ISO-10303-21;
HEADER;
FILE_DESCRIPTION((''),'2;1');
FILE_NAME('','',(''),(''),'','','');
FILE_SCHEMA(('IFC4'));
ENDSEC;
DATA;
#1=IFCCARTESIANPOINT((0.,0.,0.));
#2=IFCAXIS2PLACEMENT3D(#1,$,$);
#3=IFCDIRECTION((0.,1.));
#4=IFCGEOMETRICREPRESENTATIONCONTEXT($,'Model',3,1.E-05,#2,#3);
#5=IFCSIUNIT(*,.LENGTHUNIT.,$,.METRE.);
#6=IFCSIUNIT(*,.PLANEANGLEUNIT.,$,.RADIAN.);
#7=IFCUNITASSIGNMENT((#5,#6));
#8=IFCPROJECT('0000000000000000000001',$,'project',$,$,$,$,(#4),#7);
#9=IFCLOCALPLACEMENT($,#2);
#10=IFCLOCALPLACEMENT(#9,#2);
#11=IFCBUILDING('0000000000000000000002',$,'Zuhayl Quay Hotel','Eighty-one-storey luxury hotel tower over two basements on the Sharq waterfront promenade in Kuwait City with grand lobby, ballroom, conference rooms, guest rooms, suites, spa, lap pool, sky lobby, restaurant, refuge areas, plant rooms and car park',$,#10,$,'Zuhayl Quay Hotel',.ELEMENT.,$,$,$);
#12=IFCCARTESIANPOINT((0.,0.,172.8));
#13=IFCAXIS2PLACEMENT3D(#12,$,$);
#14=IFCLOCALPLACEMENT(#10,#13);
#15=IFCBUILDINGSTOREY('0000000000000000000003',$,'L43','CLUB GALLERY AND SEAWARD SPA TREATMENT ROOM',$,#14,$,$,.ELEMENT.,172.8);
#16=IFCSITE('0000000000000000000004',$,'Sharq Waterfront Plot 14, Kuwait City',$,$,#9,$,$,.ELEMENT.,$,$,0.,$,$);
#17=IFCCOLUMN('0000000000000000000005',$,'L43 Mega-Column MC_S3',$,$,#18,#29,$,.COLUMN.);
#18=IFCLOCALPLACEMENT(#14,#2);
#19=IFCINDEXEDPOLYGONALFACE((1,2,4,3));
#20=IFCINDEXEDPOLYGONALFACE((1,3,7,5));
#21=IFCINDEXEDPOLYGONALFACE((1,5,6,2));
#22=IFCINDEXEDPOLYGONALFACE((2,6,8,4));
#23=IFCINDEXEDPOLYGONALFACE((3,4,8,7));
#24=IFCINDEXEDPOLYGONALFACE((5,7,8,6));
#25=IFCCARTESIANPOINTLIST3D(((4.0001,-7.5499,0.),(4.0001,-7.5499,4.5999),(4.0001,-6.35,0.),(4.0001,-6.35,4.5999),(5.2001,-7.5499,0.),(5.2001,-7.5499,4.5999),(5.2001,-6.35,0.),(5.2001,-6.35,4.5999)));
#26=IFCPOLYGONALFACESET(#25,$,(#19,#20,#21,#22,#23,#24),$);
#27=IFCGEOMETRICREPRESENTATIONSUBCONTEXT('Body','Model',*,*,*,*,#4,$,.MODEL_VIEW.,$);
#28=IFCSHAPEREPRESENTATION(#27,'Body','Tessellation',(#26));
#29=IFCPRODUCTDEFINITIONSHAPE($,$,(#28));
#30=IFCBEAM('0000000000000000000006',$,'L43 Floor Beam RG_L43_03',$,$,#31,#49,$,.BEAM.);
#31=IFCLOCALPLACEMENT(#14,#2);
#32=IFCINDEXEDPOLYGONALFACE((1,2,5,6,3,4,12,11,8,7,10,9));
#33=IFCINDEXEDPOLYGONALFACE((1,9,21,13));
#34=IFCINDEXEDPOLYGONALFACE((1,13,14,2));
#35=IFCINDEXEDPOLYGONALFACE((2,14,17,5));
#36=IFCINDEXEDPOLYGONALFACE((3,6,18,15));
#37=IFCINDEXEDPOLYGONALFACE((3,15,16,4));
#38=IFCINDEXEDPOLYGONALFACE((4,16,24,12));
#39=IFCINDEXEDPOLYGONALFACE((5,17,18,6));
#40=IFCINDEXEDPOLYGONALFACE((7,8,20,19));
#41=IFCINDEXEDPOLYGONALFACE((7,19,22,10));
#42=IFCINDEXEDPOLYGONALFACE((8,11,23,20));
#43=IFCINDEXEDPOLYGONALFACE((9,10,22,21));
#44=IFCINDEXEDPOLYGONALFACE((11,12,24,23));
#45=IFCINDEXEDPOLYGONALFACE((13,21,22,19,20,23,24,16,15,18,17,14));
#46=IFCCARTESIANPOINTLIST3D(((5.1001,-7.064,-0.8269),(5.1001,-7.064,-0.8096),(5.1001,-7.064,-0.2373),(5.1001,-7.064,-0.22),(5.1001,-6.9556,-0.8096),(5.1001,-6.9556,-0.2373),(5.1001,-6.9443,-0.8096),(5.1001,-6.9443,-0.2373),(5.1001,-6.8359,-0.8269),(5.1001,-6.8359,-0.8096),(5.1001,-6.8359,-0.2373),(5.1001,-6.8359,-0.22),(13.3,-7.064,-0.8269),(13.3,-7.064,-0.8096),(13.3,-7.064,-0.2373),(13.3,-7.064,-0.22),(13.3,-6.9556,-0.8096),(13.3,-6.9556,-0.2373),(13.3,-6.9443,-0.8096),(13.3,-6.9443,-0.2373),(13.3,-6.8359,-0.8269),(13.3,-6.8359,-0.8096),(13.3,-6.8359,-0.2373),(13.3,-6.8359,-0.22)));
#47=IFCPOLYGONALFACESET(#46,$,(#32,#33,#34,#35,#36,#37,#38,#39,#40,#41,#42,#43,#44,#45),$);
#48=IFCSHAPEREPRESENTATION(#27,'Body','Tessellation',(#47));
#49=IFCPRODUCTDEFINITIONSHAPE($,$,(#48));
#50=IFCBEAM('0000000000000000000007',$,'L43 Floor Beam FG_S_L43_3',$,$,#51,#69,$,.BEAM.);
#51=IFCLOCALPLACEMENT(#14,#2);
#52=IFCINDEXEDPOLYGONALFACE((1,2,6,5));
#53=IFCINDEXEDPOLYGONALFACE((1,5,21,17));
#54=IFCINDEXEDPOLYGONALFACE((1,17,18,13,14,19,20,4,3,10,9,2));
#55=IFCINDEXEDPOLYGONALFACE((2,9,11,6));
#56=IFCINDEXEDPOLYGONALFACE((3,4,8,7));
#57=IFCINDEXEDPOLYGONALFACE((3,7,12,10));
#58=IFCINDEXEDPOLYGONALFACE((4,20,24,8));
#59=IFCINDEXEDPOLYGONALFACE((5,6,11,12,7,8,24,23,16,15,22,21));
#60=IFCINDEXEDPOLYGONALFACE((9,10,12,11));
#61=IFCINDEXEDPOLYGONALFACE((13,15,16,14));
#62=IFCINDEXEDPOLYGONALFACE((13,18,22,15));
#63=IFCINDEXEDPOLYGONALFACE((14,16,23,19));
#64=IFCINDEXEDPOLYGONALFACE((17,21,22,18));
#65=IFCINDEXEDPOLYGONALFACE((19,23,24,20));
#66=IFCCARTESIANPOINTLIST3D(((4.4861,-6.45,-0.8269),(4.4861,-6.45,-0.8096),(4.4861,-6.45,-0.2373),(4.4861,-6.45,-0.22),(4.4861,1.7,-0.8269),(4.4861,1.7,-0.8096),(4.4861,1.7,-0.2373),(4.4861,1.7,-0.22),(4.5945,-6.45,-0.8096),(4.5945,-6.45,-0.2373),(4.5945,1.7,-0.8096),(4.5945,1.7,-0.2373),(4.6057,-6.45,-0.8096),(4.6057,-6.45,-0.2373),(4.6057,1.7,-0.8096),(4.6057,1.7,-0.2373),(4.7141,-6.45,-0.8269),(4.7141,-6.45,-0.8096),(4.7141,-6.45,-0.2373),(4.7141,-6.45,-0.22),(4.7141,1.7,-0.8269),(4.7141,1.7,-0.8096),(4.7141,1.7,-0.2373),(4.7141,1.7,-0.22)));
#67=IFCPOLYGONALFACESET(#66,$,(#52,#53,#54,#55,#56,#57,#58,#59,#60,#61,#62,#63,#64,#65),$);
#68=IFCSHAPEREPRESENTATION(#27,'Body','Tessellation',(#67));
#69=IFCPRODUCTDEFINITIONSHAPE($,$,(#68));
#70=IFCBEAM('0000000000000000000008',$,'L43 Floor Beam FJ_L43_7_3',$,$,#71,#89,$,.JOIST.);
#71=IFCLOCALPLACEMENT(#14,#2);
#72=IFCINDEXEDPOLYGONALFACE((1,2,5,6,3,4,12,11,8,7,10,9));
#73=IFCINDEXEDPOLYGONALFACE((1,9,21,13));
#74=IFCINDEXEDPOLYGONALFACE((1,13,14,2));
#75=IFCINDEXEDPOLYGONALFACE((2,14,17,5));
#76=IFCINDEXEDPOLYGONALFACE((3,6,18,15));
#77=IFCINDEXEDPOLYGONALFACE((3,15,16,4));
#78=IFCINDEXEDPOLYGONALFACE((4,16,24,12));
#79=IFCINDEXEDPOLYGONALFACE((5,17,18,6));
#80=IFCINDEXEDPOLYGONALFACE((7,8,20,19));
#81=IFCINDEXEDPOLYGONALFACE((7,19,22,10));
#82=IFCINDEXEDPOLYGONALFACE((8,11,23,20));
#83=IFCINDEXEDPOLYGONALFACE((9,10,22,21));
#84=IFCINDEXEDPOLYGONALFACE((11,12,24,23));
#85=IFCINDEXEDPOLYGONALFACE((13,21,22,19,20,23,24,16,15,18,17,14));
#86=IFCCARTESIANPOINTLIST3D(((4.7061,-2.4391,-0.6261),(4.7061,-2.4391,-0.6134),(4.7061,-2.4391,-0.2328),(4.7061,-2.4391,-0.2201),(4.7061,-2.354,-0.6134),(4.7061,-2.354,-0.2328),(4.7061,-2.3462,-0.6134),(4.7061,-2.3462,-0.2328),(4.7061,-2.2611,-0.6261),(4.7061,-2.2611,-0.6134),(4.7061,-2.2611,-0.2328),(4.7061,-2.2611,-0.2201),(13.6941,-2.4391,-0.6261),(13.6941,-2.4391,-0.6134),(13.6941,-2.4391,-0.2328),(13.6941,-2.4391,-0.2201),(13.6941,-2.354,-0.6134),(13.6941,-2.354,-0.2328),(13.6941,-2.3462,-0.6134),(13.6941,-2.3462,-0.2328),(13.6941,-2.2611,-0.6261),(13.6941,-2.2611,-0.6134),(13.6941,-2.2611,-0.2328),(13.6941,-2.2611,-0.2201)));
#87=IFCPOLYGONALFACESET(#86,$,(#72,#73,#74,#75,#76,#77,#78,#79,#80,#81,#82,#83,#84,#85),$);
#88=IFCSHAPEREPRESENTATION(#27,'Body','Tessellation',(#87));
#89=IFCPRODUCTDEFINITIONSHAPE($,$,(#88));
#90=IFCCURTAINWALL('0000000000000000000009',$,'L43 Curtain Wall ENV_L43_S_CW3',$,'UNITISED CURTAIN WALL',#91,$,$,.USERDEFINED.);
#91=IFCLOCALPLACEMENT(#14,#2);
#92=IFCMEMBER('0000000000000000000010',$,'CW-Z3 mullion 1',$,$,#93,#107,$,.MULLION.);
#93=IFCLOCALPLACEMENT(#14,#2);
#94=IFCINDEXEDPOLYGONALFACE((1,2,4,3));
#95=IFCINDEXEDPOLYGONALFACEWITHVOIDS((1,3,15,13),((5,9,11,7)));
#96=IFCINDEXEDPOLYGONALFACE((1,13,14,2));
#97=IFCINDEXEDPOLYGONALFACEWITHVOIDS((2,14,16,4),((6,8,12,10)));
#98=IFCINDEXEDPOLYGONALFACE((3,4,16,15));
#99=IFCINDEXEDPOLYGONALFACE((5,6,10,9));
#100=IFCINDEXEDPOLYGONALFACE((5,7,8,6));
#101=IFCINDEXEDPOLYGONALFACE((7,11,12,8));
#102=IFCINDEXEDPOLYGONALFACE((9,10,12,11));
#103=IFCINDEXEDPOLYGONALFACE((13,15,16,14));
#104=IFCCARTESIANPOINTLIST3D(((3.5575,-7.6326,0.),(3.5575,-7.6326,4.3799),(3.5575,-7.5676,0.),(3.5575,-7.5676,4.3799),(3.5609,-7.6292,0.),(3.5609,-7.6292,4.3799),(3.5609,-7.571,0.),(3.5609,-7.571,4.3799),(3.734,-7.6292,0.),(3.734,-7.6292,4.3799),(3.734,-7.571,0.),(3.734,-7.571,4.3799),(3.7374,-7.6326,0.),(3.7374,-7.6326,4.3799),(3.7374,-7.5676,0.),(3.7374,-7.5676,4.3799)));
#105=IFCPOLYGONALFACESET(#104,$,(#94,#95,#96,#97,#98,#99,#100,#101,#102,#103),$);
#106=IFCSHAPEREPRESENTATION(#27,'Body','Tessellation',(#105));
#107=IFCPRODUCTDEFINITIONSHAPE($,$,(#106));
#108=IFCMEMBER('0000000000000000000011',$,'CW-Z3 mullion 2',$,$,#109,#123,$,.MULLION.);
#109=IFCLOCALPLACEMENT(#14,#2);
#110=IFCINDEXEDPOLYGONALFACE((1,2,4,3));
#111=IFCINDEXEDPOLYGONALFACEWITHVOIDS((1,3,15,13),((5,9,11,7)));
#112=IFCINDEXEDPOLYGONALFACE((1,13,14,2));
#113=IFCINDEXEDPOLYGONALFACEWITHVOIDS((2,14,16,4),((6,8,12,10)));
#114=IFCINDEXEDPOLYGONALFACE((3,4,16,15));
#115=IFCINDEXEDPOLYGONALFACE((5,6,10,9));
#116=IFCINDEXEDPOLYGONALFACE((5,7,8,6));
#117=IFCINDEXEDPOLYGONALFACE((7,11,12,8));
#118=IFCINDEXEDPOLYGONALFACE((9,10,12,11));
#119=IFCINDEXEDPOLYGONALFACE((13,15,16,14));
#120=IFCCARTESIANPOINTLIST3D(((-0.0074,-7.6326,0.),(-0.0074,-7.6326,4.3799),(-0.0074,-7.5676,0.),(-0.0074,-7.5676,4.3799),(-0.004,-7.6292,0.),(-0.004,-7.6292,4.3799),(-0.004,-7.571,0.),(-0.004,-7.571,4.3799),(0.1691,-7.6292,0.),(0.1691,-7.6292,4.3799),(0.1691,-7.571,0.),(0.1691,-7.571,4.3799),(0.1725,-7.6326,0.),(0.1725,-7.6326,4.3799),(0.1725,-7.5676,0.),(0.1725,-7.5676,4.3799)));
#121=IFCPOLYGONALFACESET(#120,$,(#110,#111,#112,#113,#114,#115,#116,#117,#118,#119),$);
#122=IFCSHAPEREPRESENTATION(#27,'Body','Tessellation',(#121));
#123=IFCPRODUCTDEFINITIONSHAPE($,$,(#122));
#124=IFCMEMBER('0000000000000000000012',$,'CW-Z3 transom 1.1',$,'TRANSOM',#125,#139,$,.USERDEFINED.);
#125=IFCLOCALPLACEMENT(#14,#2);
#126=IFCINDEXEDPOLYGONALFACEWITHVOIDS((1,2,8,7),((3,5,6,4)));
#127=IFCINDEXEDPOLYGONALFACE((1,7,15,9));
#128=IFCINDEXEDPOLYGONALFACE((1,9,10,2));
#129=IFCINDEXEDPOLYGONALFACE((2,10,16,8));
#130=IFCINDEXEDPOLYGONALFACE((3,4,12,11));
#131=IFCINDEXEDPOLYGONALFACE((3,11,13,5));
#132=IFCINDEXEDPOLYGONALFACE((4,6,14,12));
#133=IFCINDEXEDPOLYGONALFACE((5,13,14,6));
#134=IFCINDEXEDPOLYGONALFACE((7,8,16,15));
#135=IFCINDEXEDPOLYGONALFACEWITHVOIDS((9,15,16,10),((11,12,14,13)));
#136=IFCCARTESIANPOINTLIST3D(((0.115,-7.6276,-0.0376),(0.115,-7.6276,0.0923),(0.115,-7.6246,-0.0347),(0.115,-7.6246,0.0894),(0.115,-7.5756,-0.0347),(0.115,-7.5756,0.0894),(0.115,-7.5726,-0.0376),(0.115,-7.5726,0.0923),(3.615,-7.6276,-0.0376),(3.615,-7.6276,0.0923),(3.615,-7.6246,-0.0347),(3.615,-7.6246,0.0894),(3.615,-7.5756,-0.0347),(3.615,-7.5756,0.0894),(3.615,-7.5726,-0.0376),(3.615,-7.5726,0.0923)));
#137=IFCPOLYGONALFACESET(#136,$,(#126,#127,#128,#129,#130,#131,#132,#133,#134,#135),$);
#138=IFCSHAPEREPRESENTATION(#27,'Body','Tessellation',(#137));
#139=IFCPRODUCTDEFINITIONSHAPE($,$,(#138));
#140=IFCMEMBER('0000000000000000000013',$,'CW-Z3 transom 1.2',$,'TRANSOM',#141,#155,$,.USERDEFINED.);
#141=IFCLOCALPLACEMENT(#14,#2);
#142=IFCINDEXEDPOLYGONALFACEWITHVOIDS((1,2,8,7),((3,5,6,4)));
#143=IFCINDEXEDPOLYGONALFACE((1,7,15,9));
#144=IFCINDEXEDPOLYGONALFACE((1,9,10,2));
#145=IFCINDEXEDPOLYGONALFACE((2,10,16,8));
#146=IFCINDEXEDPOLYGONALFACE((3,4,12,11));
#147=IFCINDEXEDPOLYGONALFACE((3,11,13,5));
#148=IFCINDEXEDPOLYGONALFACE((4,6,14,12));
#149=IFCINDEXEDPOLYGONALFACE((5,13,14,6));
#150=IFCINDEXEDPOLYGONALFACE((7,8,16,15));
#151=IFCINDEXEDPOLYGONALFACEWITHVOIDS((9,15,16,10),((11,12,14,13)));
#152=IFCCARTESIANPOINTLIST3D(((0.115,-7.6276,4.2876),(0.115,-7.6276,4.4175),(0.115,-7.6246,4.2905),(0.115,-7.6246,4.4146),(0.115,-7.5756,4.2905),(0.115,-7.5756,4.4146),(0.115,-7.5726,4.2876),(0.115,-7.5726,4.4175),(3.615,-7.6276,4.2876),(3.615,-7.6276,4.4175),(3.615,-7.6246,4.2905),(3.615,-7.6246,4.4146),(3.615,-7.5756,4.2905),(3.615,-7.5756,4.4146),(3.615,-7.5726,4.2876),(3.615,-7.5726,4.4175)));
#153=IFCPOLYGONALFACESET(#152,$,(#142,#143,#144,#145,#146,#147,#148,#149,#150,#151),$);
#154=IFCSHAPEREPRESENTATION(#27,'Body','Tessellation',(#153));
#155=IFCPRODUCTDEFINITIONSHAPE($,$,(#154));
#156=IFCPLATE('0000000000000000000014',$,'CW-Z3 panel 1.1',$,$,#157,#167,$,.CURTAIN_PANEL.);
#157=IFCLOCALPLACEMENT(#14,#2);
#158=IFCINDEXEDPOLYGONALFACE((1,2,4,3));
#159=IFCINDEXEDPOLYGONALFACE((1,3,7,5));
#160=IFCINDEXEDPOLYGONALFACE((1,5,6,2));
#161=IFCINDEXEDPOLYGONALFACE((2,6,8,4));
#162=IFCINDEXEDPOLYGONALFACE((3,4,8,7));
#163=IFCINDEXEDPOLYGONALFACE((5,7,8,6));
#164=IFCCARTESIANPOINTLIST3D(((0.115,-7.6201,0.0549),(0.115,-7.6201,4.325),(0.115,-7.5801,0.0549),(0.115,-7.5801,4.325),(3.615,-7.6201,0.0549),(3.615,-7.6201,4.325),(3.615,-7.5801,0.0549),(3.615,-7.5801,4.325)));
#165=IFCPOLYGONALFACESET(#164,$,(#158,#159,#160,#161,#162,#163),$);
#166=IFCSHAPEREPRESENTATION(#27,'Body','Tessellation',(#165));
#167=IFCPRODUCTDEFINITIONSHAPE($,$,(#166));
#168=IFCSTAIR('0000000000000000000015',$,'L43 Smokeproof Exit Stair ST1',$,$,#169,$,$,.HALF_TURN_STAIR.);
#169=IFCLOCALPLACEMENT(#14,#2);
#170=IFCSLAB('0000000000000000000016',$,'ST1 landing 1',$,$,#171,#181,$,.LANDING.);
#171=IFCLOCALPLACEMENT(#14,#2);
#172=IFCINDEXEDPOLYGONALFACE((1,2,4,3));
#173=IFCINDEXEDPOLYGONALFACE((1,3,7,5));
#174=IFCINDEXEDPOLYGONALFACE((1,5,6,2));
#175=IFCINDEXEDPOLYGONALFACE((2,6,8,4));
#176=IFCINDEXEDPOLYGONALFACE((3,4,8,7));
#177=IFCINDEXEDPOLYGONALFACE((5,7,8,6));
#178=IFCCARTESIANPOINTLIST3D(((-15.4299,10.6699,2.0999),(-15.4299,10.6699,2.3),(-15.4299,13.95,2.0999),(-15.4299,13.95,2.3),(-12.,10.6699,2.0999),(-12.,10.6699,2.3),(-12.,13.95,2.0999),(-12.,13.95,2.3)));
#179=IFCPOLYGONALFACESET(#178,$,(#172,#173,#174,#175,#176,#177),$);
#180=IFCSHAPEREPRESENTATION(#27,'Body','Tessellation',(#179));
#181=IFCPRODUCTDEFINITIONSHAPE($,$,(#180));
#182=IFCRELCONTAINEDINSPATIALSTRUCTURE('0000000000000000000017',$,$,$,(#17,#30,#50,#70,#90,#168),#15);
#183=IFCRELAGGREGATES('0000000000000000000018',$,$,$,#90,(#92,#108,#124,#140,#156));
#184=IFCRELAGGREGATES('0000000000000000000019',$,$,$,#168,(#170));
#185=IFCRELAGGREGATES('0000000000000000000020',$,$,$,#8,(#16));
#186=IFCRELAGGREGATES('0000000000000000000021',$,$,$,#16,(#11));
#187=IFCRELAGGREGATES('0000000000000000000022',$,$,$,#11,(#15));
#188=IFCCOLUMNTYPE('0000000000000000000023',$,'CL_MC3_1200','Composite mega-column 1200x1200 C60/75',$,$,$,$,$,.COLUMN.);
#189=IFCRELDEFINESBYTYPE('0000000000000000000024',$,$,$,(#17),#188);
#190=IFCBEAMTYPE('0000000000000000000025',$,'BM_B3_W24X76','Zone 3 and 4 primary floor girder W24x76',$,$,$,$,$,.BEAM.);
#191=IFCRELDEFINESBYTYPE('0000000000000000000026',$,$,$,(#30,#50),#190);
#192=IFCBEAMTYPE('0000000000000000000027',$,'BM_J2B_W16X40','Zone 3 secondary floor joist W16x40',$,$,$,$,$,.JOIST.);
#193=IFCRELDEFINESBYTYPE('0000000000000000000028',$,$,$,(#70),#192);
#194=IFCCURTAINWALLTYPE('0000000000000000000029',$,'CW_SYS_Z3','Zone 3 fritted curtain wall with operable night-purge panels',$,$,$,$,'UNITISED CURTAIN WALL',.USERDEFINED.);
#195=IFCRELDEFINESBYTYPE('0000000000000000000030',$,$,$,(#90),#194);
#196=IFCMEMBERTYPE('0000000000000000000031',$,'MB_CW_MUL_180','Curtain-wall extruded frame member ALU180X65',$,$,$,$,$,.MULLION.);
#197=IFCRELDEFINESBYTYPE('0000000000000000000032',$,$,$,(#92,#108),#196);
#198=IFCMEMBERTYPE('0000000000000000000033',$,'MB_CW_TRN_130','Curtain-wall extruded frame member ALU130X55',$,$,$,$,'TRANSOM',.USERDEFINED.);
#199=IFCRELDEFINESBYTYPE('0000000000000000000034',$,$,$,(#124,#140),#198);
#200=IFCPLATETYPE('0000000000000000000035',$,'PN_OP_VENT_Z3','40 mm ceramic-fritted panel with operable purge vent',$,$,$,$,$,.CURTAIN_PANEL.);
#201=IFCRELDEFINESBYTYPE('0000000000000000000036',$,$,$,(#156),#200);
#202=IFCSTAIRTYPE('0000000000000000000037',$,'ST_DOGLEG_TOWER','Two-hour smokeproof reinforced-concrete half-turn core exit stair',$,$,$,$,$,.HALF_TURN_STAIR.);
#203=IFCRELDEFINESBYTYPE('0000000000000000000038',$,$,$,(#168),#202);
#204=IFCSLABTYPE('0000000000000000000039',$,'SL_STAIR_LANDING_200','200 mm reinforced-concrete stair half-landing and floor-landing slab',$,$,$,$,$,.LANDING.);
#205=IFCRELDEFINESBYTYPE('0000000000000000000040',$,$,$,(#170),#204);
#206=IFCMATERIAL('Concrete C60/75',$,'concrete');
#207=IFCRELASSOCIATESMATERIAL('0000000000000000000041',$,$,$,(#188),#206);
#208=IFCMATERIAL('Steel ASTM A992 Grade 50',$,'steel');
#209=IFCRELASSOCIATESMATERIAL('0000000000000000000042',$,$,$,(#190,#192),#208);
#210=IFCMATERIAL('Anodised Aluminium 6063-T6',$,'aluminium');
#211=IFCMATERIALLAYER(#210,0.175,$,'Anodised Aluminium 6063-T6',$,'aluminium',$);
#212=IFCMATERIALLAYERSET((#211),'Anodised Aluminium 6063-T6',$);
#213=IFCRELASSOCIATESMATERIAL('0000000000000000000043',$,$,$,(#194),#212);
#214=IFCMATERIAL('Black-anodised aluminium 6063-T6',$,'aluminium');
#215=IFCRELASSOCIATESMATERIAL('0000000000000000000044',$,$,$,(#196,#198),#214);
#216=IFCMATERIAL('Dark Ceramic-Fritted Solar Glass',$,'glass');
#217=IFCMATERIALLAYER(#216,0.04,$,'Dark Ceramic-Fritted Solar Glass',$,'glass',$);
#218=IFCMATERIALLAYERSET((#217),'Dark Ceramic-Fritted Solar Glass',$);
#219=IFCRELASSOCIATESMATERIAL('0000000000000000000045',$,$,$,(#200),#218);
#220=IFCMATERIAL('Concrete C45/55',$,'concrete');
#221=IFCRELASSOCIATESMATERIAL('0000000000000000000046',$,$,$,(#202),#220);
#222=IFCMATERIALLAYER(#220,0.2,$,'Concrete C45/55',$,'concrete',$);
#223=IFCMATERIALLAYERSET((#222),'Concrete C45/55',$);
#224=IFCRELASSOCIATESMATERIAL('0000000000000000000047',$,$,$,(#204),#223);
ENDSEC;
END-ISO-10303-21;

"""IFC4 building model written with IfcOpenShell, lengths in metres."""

from ifc_helpers import new_model, si_unit, direction, frame, origin, origin_2d, place, context, subcontext, project, spatial, polyline, rectangle, hollow_rectangle, i_section, outline, extrude, material, layer, layer_set, material_profile, profile_set, type_object, element, aggregate, save


model = new_model("IFC4")

# Units and contexts
model_context = context("Model", 3, precision=1e-05, world=origin(), true_north=direction((0.0, 1.0)))
body_context = subcontext(model_context, "Body", "Model", "MODEL_VIEW")
ifc_project = project(units=[si_unit("LENGTHUNIT", "METRE"), si_unit("PLANEANGLEUNIT", "RADIAN")], contexts=[model_context])

# Site, building, storey
site_placement = place(None, origin())
site = spatial("IfcSite", under=ifc_project, at=site_placement, Name="Sharq Waterfront Plot 14, Kuwait City", CompositionType="ELEMENT", RefElevation=0.0)
building_placement = place(site_placement, origin())
building = spatial("IfcBuilding", under=site, at=building_placement, Name="Zuhayl Quay Hotel", Description="Eighty-one-storey luxury hotel tower over two basements on the Sharq waterfront promenade in Kuwait City with grand lobby, ballroom, conference rooms, guest rooms, suites, spa, lap pool, sky lobby, restaurant, refuge areas, plant rooms and car park", LongName="Zuhayl Quay Hotel", CompositionType="ELEMENT")
storey_placement = place(building_placement, frame((0.0, 0.0, 172.8)))
storey = spatial("IfcBuildingStorey", under=building, at=storey_placement, Name="L43", Description="CLUB GALLERY AND SEAWARD SPA TREATMENT ROOM", CompositionType="ELEMENT", Elevation=172.8)

# Column
ifc_material_1 = material(Name="Concrete C60/75", Category="concrete")
ifc_material_profile_1 = material_profile(ifc_material_1, rectangle(XDim=1.2, YDim=1.2, at=origin_2d()), Name="RC1200X1200")
ifc_profile_set_1 = profile_set([ifc_material_profile_1], Name="Concrete C60/75")
column_type = type_object("IfcColumnType", Name="CL_MC3_1200", Description="Composite mega-column 1200x1200 C60/75", PredefinedType="COLUMN", material=ifc_profile_set_1)
column_placement = place(storey_placement, frame((4.6001, -6.95, 0.0), z_axis=(0.0, 0.0, 1.0), x_axis=(1.0, 0.0, 0.0)))
element("IfcColumn", 1, at=column_placement, inside=storey, type_object=column_type, Name="L43 Mega-Column MC_S3", PredefinedType="COLUMN", context=body_context, shape_type="SweptSolid", body=[
    extrude(rectangle(XDim=1.2, YDim=1.2, at=origin_2d()), origin(), (0.0, 0.0, 1.0), 4.5999),
])

# Beams
ifc_material_2 = material(Name="Steel ASTM A992 Grade 50", Category="steel")
ifc_material_profile_2 = material_profile(ifc_material_2, i_section(OverallWidth=0.228, OverallDepth=0.6069, WebThickness=0.0112, FlangeThickness=0.0173, at=origin_2d()), Name="W24X76")
ifc_profile_set_2 = profile_set([ifc_material_profile_2], Name="Steel ASTM A992 Grade 50")
beam_type_1 = type_object("IfcBeamType", Name="BM_B3_W24X76", Description="Zone 3 and 4 primary floor girder W24x76", PredefinedType="BEAM", material=ifc_profile_set_2)
beam_1_placement = place(storey_placement, frame((5.1001, -6.95, -0.5234), z_axis=(1.0, 0.0, 0.0), x_axis=(0.0, 1.0, 0.0)))
element("IfcBeam", 2, at=beam_1_placement, inside=storey, type_object=beam_type_1, Name="L43 Floor Beam RG_L43_03", PredefinedType="BEAM", context=body_context, shape_type="SweptSolid", body=[
    extrude(i_section(OverallWidth=0.228, OverallDepth=0.6069, WebThickness=0.0112, FlangeThickness=0.0173, at=origin_2d()), origin(), (0.0, 0.0, 1.0), 8.2),
])
beam_2_placement = place(storey_placement, frame((4.6001, -6.45, -0.5234), z_axis=(0.0, 1.0, 0.0), x_axis=(-1.0, 0.0, 0.0)))
element("IfcBeam", 3, at=beam_2_placement, inside=storey, type_object=beam_type_1, Name="L43 Floor Beam FG_S_L43_3", PredefinedType="BEAM", context=body_context, shape_type="SweptSolid", body=[
    extrude(i_section(OverallWidth=0.228, OverallDepth=0.6069, WebThickness=0.0112, FlangeThickness=0.0173, at=origin_2d()), origin(), (0.0, 0.0, 1.0), 8.1499),
])
ifc_material_profile_3 = material_profile(ifc_material_2, i_section(OverallWidth=0.178, OverallDepth=0.406, WebThickness=0.0078, FlangeThickness=0.0127, at=origin_2d()), Name="W16X40")
ifc_profile_set_3 = profile_set([ifc_material_profile_3], Name="Steel ASTM A992 Grade 50")
beam_type_2 = type_object("IfcBeamType", Name="BM_J2B_W16X40", Description="Zone 3 secondary floor joist W16x40", PredefinedType="JOIST", material=ifc_profile_set_3)
beam_3_placement = place(storey_placement, frame((4.7061, -2.3501, -0.4231), z_axis=(1.0, 0.0, 0.0), x_axis=(0.0, 1.0, 0.0)))
element("IfcBeam", 4, at=beam_3_placement, inside=storey, type_object=beam_type_2, Name="L43 Floor Beam FJ_L43_7_3", PredefinedType="JOIST", context=body_context, shape_type="SweptSolid", body=[
    extrude(i_section(OverallWidth=0.178, OverallDepth=0.406, WebThickness=0.0078, FlangeThickness=0.0127, at=origin_2d()), origin(), (0.0, 0.0, 1.0), 8.988),
])

# Curtain wall, members, plate
ifc_material_3 = material(Name="Anodised Aluminium 6063-T6", Category="aluminium")
ifc_layer_1 = layer(ifc_material_3, 0.175, Name="Anodised Aluminium 6063-T6", Category="aluminium")
ifc_layer_set_1 = layer_set([ifc_layer_1], Name="Anodised Aluminium 6063-T6")
curtain_wall_type = type_object("IfcCurtainWallType", Name="CW_SYS_Z3", Description="Zone 3 fritted curtain wall with operable night-purge panels", ElementType="UNITISED CURTAIN WALL", PredefinedType="USERDEFINED", material=ifc_layer_set_1)
curtain_wall_placement = place(storey_placement, origin())
curtain_wall = element("IfcCurtainWall", 5, at=curtain_wall_placement, inside=storey, type_object=curtain_wall_type, Name="L43 Curtain Wall ENV_L43_S_CW3", ObjectType="UNITISED CURTAIN WALL", PredefinedType="USERDEFINED")
ifc_material_4 = material(Name="Black-anodised aluminium 6063-T6", Category="aluminium")
ifc_material_profile_4 = material_profile(ifc_material_4, hollow_rectangle(XDim=0.0649, YDim=0.1799, WallThickness=0.0034, at=origin_2d()), Name="ALU180X65")
ifc_profile_set_4 = profile_set([ifc_material_profile_4], Name="Black-anodised aluminium 6063-T6")
member_type_1 = type_object("IfcMemberType", Name="MB_CW_MUL_180", Description="Curtain-wall extruded frame member ALU180X65", PredefinedType="MULLION", material=ifc_profile_set_4)
member_1_placement = place(storey_placement, frame((3.6475, -7.6001, 0.0), z_axis=(0.0, 0.0, 1.0), x_axis=(0.0, -1.0, 0.0)))
member_1 = element("IfcMember", 6, at=member_1_placement, type_object=member_type_1, Name="CW-Z3 mullion 1", PredefinedType="MULLION", context=body_context, shape_type="SweptSolid", body=[
    extrude(hollow_rectangle(XDim=0.0649, YDim=0.1799, WallThickness=0.0034, at=origin_2d()), origin(), (0.0, 0.0, 1.0), 4.3799),
])
member_2_placement = place(storey_placement, frame((0.0825, -7.6001, 0.0), z_axis=(0.0, 0.0, 1.0), x_axis=(0.0, -1.0, 0.0)))
member_2 = element("IfcMember", 7, at=member_2_placement, type_object=member_type_1, Name="CW-Z3 mullion 2", PredefinedType="MULLION", context=body_context, shape_type="SweptSolid", body=[
    extrude(hollow_rectangle(XDim=0.0649, YDim=0.1799, WallThickness=0.0034, at=origin_2d()), origin(), (0.0, 0.0, 1.0), 4.3799),
])
ifc_material_profile_5 = material_profile(ifc_material_4, hollow_rectangle(XDim=0.0549, YDim=0.1299, WallThickness=0.0029, at=origin_2d()), Name="ALU130X55")
ifc_profile_set_5 = profile_set([ifc_material_profile_5], Name="Black-anodised aluminium 6063-T6")
member_type_2 = type_object("IfcMemberType", Name="MB_CW_TRN_130", Description="Curtain-wall extruded frame member ALU130X55", ElementType="TRANSOM", PredefinedType="USERDEFINED", material=ifc_profile_set_5)
member_3_placement = place(storey_placement, frame((3.615, -7.6001, 0.0273), z_axis=(-1.0, 0.0, 0.0), x_axis=(0.0, -1.0, 0.0)))
member_3 = element("IfcMember", 8, at=member_3_placement, type_object=member_type_2, Name="CW-Z3 transom 1.1", ObjectType="TRANSOM", PredefinedType="USERDEFINED", context=body_context, shape_type="SweptSolid", body=[
    extrude(hollow_rectangle(XDim=0.0549, YDim=0.1299, WallThickness=0.0029, at=origin_2d()), origin(), (0.0, 0.0, 1.0), 3.5),
])
member_4_placement = place(storey_placement, frame((3.615, -7.6001, 4.3525), z_axis=(-1.0, 0.0, 0.0), x_axis=(0.0, -1.0, 0.0)))
member_4 = element("IfcMember", 9, at=member_4_placement, type_object=member_type_2, Name="CW-Z3 transom 1.2", ObjectType="TRANSOM", PredefinedType="USERDEFINED", context=body_context, shape_type="SweptSolid", body=[
    extrude(hollow_rectangle(XDim=0.0549, YDim=0.1299, WallThickness=0.0029, at=origin_2d()), origin(), (0.0, 0.0, 1.0), 3.5),
])
ifc_material_5 = material(Name="Dark Ceramic-Fritted Solar Glass", Category="glass")
ifc_layer_2 = layer(ifc_material_5, 0.04, Name="Dark Ceramic-Fritted Solar Glass", Category="glass")
ifc_layer_set_2 = layer_set([ifc_layer_2], Name="Dark Ceramic-Fritted Solar Glass")
plate_type = type_object("IfcPlateType", Name="PN_OP_VENT_Z3", Description="40 mm ceramic-fritted panel with operable purge vent", PredefinedType="CURTAIN_PANEL", material=ifc_layer_set_2)
plate_placement = place(storey_placement, frame((1.865, -7.6001, 0.0549), z_axis=(0.0, 0.0, 1.0), x_axis=(-1.0, 0.0, 0.0)))
plate = element("IfcPlate", 10, at=plate_placement, type_object=plate_type, Name="CW-Z3 panel 1.1", PredefinedType="CURTAIN_PANEL", context=body_context, shape_type="SweptSolid", body=[
    extrude(rectangle(XDim=3.5, YDim=0.04, at=origin_2d()), origin(), (0.0, 0.0, 1.0), 4.27),
])
aggregate(curtain_wall, [member_1, member_2, member_3, member_4, plate])

# Stair, slab
ifc_material_6 = material(Name="Concrete C45/55", Category="concrete")
stair_type = type_object("IfcStairType", Name="ST_DOGLEG_TOWER", Description="Two-hour smokeproof reinforced-concrete half-turn core exit stair", PredefinedType="HALF_TURN_STAIR", material=ifc_material_6)
stair_1_placement = place(storey_placement, origin())
stair_1 = element("IfcStair", 11, at=stair_1_placement, inside=storey, type_object=stair_type, Name="L43 Smokeproof Exit Stair ST1", PredefinedType="HALF_TURN_STAIR")
ifc_layer_3 = layer(ifc_material_6, 0.2, Name="Concrete C45/55", Category="concrete")
ifc_layer_set_3 = layer_set([ifc_layer_3], Name="Concrete C45/55")
slab_type = type_object("IfcSlabType", Name="SL_STAIR_LANDING_200", Description="200 mm reinforced-concrete stair half-landing and floor-landing slab", PredefinedType="LANDING", material=ifc_layer_set_3)
slab_1_placement = place(storey_placement, frame((0.0, 0.0, 2.0999)))
slab_1 = element("IfcSlab", 12, at=slab_1_placement, type_object=slab_type, Name="ST1 landing 1", PredefinedType="LANDING", context=body_context, shape_type="SweptSolid", body=[
    extrude(outline(polyline([(-12.0, 10.6699), (-12.0, 13.95), (-15.4299, 13.95), (-15.4299, 10.6699), (-12.0, 10.6699)])), origin(), (0.0, 0.0, 1.0), 0.2002),
])
aggregate(stair_1, [slab_1])

save(model, "model.ifc")
